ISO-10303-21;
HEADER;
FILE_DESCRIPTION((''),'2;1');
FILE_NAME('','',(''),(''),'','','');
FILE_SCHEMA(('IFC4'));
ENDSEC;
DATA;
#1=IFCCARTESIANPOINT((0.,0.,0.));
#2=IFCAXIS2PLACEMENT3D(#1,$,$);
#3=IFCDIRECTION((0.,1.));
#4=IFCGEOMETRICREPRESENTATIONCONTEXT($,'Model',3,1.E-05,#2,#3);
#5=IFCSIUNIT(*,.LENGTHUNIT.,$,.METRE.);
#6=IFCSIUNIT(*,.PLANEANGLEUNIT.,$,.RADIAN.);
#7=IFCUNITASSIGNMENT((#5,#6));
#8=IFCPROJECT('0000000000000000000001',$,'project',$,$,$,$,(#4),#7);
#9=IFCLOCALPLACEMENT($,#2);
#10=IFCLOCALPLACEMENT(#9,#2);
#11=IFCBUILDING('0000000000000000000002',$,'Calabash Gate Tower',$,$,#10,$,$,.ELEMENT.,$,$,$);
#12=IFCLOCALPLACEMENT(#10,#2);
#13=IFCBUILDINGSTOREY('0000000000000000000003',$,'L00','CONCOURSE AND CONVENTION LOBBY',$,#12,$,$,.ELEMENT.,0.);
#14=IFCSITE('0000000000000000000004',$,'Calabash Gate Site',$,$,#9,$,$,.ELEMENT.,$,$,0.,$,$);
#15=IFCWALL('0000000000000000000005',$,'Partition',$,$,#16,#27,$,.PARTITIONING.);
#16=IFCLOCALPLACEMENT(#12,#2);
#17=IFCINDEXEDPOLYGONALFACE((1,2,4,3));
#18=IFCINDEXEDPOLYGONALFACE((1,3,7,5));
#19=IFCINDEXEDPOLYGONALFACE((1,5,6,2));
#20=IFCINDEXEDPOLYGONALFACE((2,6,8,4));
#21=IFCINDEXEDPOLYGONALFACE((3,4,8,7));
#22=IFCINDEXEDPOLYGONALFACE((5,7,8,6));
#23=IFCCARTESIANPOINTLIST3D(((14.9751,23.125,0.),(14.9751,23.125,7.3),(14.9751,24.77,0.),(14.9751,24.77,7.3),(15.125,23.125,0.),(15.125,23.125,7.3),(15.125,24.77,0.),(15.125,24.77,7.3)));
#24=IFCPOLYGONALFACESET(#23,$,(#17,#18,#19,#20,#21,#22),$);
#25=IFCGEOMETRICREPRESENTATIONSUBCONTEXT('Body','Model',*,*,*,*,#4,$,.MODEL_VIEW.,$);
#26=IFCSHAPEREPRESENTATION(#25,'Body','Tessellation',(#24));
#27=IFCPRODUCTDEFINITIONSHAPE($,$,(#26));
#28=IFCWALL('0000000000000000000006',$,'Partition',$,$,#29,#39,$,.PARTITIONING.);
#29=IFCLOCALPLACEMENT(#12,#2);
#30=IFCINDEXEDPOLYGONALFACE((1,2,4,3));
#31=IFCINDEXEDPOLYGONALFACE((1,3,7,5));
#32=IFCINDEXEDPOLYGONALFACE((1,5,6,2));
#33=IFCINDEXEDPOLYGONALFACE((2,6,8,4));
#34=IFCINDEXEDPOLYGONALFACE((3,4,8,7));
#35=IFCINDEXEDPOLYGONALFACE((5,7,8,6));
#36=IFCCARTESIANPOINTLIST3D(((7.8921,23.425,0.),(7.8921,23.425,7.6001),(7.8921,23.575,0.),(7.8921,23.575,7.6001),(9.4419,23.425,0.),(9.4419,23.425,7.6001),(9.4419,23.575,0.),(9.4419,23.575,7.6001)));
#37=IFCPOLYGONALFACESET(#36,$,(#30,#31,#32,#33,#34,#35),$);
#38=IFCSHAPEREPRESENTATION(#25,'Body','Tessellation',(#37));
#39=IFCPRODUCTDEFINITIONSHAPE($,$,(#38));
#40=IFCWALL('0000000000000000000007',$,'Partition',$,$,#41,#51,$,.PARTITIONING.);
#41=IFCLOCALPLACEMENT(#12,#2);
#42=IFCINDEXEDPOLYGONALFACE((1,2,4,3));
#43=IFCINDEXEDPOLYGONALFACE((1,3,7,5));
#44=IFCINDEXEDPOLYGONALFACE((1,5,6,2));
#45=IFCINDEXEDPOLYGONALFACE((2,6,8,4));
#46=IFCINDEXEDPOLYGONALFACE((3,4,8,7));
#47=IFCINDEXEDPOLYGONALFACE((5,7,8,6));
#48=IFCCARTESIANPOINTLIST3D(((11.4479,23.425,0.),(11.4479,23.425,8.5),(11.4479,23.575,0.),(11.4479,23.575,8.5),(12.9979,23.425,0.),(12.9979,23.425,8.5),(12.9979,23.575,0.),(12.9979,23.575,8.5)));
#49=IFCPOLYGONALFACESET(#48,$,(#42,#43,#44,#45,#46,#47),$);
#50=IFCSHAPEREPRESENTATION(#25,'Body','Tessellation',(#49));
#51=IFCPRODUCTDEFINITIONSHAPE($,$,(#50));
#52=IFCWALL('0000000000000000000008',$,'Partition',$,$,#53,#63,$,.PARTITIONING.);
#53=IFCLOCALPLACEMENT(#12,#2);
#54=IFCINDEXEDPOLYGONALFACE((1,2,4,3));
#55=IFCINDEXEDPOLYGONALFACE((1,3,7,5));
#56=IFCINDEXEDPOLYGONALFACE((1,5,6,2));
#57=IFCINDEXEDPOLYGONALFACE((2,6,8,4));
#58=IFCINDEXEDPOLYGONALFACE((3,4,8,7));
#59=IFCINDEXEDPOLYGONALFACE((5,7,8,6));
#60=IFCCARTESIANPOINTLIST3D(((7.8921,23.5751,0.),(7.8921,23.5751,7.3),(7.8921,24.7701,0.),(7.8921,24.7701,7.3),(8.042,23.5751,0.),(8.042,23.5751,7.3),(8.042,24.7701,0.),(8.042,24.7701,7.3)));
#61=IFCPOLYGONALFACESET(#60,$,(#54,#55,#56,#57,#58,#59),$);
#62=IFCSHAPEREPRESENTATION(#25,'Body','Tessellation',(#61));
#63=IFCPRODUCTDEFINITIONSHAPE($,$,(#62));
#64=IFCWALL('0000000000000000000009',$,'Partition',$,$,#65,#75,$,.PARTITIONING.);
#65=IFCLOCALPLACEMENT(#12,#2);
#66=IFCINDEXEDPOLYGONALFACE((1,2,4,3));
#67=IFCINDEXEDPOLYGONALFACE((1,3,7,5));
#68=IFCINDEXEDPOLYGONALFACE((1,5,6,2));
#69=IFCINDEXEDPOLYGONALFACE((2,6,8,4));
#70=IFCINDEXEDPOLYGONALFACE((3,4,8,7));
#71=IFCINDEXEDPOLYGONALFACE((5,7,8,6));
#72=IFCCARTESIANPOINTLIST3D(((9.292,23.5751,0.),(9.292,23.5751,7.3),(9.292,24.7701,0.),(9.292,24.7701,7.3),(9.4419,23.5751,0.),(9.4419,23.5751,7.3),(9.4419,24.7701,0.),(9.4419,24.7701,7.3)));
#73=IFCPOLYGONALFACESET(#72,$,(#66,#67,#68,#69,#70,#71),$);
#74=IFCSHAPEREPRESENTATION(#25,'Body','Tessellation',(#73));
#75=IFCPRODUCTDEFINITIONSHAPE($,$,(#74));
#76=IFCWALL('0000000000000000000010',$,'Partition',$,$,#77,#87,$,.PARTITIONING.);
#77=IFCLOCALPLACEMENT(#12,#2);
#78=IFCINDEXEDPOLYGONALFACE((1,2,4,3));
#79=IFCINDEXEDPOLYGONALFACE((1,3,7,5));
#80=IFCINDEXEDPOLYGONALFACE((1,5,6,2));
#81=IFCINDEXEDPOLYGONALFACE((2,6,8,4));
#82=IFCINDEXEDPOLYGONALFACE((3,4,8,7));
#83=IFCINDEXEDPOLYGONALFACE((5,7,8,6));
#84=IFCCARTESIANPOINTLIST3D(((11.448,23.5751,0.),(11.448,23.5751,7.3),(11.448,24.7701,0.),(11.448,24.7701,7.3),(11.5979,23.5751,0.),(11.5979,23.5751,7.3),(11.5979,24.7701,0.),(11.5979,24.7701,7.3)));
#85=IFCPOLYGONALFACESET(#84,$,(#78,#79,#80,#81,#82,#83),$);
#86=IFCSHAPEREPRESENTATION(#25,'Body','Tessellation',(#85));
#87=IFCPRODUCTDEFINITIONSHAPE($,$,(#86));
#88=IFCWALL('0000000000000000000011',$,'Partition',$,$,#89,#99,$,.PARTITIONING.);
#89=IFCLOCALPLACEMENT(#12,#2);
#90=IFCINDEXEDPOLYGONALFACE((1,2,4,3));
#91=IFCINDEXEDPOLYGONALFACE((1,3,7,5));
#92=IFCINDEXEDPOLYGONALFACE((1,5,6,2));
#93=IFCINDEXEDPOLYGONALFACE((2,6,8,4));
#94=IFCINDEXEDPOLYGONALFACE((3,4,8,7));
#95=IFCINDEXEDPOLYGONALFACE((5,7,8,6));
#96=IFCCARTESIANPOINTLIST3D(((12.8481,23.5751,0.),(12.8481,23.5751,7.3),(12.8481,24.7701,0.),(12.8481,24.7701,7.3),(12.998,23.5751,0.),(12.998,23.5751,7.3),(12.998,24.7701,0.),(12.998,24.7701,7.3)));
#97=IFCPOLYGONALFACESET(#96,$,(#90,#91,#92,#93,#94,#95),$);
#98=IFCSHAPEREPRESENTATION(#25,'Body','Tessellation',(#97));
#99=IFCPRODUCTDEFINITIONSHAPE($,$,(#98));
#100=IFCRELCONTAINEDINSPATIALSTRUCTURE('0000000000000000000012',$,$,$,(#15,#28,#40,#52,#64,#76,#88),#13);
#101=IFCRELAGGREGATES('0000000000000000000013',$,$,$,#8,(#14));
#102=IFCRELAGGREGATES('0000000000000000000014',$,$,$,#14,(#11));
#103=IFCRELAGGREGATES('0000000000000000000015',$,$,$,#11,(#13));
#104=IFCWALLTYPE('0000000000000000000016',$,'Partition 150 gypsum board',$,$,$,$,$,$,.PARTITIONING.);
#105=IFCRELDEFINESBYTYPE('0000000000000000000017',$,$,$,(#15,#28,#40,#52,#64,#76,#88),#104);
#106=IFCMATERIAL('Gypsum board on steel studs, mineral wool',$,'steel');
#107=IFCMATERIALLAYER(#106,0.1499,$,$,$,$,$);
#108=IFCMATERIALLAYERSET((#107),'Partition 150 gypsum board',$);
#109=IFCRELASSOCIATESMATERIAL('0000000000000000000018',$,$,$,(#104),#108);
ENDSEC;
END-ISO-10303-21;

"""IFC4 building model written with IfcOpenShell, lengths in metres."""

from ifc_helpers import new_model, si_unit, direction, frame, frame_2d, origin, place, context, subcontext, project, spatial, rectangle, extrude, material, layer, layer_set, type_object, element, save


model = new_model("IFC4")

# Units and contexts
model_context = context("Model", 3, precision=1e-05, world=origin(), true_north=direction((0.0, 1.0)))
body_context = subcontext(model_context, "Body", "Model", "MODEL_VIEW")
ifc_project = project(units=[si_unit("LENGTHUNIT", "METRE"), si_unit("PLANEANGLEUNIT", "RADIAN")], contexts=[model_context])

# Site, building, storey
site_placement = place(None, origin())
site = spatial("IfcSite", under=ifc_project, at=site_placement, Name="Calabash Gate Site", CompositionType="ELEMENT", RefElevation=0.0)
building_placement = place(site_placement, origin())
building = spatial("IfcBuilding", under=site, at=building_placement, Name="Calabash Gate Tower", CompositionType="ELEMENT")
storey_placement = place(building_placement, origin())
storey = spatial("IfcBuildingStorey", under=building, at=storey_placement, Name="L00", Description="CONCOURSE AND CONVENTION LOBBY", CompositionType="ELEMENT", Elevation=0.0)

# Walls
ifc_material_1 = material(Name="Gypsum board on steel studs, mineral wool", Category="steel")
ifc_layer = layer(ifc_material_1, 0.1499)
ifc_layer_set = layer_set([ifc_layer], Name="Partition 150 gypsum board")
wall_type = type_object("IfcWallType", Name="Partition 150 gypsum board", PredefinedType="PARTITIONING", material=ifc_layer_set)
wall_1_placement = place(storey_placement, frame((15.05, 23.125, 0.0), z_axis=(0.0, 0.0, 1.0), x_axis=(0.0, 1.0, 0.0)))
element("IfcWall", 1, at=wall_1_placement, inside=storey, type_object=wall_type, Name="Partition", PredefinedType="PARTITIONING", context=body_context, shape_type="SweptSolid", body=[
    extrude(rectangle(XDim=1.645, YDim=0.1499, at=frame_2d((0.8225, 0.0))), origin(), (0.0, 0.0, 1.0), 7.3),
])
wall_2_placement = place(storey_placement, frame((7.8921, 23.5, 0.0), z_axis=(0.0, 0.0, 1.0), x_axis=(1.0, 0.0, 0.0)))
element("IfcWall", 2, at=wall_2_placement, inside=storey, type_object=wall_type, Name="Partition", PredefinedType="PARTITIONING", context=body_context, shape_type="SweptSolid", body=[
    extrude(rectangle(XDim=1.5498, YDim=0.1499, at=frame_2d((0.7749, 0.0))), origin(), (0.0, 0.0, 1.0), 7.6001),
])
wall_3_placement = place(storey_placement, frame((11.448, 23.5, 0.0), z_axis=(0.0, 0.0, 1.0), x_axis=(1.0, 0.0, 0.0)))
element("IfcWall", 3, at=wall_3_placement, inside=storey, type_object=wall_type, Name="Partition", PredefinedType="PARTITIONING", context=body_context, shape_type="SweptSolid", body=[
    extrude(rectangle(XDim=1.55, YDim=0.1499, at=frame_2d((0.7749, 0.0))), origin(), (0.0, 0.0, 1.0), 8.5),
])
for number, where, z_axis, x_axis, name in (
    (4, (7.967, 23.575, 0.0), (0.0, 0.0, 1.0), (0.0, 1.0, 0.0), "Partition"),
    (5, (9.3669, 23.575, 0.0), (0.0, 0.0, 1.0), (0.0, 1.0, 0.0), "Partition"),
    (6, (11.5229, 23.575, 0.0), (0.0, 0.0, 1.0), (0.0, 1.0, 0.0), "Partition"),
    (7, (12.9231, 23.575, 0.0), (0.0, 0.0, 1.0), (0.0, 1.0, 0.0), "Partition"),
):
    element("IfcWall", number, at=place(storey_placement, frame(where, z_axis=z_axis, x_axis=x_axis)), inside=storey, type_object=wall_type, Name=name, PredefinedType="PARTITIONING", context=body_context, shape_type="SweptSolid", body=[
        extrude(rectangle(XDim=1.1951, YDim=0.1499, at=frame_2d((0.5977, 0.0))), origin(), (0.0, 0.0, 1.0), 7.3),
    ])

save(model, "model.ifc")
